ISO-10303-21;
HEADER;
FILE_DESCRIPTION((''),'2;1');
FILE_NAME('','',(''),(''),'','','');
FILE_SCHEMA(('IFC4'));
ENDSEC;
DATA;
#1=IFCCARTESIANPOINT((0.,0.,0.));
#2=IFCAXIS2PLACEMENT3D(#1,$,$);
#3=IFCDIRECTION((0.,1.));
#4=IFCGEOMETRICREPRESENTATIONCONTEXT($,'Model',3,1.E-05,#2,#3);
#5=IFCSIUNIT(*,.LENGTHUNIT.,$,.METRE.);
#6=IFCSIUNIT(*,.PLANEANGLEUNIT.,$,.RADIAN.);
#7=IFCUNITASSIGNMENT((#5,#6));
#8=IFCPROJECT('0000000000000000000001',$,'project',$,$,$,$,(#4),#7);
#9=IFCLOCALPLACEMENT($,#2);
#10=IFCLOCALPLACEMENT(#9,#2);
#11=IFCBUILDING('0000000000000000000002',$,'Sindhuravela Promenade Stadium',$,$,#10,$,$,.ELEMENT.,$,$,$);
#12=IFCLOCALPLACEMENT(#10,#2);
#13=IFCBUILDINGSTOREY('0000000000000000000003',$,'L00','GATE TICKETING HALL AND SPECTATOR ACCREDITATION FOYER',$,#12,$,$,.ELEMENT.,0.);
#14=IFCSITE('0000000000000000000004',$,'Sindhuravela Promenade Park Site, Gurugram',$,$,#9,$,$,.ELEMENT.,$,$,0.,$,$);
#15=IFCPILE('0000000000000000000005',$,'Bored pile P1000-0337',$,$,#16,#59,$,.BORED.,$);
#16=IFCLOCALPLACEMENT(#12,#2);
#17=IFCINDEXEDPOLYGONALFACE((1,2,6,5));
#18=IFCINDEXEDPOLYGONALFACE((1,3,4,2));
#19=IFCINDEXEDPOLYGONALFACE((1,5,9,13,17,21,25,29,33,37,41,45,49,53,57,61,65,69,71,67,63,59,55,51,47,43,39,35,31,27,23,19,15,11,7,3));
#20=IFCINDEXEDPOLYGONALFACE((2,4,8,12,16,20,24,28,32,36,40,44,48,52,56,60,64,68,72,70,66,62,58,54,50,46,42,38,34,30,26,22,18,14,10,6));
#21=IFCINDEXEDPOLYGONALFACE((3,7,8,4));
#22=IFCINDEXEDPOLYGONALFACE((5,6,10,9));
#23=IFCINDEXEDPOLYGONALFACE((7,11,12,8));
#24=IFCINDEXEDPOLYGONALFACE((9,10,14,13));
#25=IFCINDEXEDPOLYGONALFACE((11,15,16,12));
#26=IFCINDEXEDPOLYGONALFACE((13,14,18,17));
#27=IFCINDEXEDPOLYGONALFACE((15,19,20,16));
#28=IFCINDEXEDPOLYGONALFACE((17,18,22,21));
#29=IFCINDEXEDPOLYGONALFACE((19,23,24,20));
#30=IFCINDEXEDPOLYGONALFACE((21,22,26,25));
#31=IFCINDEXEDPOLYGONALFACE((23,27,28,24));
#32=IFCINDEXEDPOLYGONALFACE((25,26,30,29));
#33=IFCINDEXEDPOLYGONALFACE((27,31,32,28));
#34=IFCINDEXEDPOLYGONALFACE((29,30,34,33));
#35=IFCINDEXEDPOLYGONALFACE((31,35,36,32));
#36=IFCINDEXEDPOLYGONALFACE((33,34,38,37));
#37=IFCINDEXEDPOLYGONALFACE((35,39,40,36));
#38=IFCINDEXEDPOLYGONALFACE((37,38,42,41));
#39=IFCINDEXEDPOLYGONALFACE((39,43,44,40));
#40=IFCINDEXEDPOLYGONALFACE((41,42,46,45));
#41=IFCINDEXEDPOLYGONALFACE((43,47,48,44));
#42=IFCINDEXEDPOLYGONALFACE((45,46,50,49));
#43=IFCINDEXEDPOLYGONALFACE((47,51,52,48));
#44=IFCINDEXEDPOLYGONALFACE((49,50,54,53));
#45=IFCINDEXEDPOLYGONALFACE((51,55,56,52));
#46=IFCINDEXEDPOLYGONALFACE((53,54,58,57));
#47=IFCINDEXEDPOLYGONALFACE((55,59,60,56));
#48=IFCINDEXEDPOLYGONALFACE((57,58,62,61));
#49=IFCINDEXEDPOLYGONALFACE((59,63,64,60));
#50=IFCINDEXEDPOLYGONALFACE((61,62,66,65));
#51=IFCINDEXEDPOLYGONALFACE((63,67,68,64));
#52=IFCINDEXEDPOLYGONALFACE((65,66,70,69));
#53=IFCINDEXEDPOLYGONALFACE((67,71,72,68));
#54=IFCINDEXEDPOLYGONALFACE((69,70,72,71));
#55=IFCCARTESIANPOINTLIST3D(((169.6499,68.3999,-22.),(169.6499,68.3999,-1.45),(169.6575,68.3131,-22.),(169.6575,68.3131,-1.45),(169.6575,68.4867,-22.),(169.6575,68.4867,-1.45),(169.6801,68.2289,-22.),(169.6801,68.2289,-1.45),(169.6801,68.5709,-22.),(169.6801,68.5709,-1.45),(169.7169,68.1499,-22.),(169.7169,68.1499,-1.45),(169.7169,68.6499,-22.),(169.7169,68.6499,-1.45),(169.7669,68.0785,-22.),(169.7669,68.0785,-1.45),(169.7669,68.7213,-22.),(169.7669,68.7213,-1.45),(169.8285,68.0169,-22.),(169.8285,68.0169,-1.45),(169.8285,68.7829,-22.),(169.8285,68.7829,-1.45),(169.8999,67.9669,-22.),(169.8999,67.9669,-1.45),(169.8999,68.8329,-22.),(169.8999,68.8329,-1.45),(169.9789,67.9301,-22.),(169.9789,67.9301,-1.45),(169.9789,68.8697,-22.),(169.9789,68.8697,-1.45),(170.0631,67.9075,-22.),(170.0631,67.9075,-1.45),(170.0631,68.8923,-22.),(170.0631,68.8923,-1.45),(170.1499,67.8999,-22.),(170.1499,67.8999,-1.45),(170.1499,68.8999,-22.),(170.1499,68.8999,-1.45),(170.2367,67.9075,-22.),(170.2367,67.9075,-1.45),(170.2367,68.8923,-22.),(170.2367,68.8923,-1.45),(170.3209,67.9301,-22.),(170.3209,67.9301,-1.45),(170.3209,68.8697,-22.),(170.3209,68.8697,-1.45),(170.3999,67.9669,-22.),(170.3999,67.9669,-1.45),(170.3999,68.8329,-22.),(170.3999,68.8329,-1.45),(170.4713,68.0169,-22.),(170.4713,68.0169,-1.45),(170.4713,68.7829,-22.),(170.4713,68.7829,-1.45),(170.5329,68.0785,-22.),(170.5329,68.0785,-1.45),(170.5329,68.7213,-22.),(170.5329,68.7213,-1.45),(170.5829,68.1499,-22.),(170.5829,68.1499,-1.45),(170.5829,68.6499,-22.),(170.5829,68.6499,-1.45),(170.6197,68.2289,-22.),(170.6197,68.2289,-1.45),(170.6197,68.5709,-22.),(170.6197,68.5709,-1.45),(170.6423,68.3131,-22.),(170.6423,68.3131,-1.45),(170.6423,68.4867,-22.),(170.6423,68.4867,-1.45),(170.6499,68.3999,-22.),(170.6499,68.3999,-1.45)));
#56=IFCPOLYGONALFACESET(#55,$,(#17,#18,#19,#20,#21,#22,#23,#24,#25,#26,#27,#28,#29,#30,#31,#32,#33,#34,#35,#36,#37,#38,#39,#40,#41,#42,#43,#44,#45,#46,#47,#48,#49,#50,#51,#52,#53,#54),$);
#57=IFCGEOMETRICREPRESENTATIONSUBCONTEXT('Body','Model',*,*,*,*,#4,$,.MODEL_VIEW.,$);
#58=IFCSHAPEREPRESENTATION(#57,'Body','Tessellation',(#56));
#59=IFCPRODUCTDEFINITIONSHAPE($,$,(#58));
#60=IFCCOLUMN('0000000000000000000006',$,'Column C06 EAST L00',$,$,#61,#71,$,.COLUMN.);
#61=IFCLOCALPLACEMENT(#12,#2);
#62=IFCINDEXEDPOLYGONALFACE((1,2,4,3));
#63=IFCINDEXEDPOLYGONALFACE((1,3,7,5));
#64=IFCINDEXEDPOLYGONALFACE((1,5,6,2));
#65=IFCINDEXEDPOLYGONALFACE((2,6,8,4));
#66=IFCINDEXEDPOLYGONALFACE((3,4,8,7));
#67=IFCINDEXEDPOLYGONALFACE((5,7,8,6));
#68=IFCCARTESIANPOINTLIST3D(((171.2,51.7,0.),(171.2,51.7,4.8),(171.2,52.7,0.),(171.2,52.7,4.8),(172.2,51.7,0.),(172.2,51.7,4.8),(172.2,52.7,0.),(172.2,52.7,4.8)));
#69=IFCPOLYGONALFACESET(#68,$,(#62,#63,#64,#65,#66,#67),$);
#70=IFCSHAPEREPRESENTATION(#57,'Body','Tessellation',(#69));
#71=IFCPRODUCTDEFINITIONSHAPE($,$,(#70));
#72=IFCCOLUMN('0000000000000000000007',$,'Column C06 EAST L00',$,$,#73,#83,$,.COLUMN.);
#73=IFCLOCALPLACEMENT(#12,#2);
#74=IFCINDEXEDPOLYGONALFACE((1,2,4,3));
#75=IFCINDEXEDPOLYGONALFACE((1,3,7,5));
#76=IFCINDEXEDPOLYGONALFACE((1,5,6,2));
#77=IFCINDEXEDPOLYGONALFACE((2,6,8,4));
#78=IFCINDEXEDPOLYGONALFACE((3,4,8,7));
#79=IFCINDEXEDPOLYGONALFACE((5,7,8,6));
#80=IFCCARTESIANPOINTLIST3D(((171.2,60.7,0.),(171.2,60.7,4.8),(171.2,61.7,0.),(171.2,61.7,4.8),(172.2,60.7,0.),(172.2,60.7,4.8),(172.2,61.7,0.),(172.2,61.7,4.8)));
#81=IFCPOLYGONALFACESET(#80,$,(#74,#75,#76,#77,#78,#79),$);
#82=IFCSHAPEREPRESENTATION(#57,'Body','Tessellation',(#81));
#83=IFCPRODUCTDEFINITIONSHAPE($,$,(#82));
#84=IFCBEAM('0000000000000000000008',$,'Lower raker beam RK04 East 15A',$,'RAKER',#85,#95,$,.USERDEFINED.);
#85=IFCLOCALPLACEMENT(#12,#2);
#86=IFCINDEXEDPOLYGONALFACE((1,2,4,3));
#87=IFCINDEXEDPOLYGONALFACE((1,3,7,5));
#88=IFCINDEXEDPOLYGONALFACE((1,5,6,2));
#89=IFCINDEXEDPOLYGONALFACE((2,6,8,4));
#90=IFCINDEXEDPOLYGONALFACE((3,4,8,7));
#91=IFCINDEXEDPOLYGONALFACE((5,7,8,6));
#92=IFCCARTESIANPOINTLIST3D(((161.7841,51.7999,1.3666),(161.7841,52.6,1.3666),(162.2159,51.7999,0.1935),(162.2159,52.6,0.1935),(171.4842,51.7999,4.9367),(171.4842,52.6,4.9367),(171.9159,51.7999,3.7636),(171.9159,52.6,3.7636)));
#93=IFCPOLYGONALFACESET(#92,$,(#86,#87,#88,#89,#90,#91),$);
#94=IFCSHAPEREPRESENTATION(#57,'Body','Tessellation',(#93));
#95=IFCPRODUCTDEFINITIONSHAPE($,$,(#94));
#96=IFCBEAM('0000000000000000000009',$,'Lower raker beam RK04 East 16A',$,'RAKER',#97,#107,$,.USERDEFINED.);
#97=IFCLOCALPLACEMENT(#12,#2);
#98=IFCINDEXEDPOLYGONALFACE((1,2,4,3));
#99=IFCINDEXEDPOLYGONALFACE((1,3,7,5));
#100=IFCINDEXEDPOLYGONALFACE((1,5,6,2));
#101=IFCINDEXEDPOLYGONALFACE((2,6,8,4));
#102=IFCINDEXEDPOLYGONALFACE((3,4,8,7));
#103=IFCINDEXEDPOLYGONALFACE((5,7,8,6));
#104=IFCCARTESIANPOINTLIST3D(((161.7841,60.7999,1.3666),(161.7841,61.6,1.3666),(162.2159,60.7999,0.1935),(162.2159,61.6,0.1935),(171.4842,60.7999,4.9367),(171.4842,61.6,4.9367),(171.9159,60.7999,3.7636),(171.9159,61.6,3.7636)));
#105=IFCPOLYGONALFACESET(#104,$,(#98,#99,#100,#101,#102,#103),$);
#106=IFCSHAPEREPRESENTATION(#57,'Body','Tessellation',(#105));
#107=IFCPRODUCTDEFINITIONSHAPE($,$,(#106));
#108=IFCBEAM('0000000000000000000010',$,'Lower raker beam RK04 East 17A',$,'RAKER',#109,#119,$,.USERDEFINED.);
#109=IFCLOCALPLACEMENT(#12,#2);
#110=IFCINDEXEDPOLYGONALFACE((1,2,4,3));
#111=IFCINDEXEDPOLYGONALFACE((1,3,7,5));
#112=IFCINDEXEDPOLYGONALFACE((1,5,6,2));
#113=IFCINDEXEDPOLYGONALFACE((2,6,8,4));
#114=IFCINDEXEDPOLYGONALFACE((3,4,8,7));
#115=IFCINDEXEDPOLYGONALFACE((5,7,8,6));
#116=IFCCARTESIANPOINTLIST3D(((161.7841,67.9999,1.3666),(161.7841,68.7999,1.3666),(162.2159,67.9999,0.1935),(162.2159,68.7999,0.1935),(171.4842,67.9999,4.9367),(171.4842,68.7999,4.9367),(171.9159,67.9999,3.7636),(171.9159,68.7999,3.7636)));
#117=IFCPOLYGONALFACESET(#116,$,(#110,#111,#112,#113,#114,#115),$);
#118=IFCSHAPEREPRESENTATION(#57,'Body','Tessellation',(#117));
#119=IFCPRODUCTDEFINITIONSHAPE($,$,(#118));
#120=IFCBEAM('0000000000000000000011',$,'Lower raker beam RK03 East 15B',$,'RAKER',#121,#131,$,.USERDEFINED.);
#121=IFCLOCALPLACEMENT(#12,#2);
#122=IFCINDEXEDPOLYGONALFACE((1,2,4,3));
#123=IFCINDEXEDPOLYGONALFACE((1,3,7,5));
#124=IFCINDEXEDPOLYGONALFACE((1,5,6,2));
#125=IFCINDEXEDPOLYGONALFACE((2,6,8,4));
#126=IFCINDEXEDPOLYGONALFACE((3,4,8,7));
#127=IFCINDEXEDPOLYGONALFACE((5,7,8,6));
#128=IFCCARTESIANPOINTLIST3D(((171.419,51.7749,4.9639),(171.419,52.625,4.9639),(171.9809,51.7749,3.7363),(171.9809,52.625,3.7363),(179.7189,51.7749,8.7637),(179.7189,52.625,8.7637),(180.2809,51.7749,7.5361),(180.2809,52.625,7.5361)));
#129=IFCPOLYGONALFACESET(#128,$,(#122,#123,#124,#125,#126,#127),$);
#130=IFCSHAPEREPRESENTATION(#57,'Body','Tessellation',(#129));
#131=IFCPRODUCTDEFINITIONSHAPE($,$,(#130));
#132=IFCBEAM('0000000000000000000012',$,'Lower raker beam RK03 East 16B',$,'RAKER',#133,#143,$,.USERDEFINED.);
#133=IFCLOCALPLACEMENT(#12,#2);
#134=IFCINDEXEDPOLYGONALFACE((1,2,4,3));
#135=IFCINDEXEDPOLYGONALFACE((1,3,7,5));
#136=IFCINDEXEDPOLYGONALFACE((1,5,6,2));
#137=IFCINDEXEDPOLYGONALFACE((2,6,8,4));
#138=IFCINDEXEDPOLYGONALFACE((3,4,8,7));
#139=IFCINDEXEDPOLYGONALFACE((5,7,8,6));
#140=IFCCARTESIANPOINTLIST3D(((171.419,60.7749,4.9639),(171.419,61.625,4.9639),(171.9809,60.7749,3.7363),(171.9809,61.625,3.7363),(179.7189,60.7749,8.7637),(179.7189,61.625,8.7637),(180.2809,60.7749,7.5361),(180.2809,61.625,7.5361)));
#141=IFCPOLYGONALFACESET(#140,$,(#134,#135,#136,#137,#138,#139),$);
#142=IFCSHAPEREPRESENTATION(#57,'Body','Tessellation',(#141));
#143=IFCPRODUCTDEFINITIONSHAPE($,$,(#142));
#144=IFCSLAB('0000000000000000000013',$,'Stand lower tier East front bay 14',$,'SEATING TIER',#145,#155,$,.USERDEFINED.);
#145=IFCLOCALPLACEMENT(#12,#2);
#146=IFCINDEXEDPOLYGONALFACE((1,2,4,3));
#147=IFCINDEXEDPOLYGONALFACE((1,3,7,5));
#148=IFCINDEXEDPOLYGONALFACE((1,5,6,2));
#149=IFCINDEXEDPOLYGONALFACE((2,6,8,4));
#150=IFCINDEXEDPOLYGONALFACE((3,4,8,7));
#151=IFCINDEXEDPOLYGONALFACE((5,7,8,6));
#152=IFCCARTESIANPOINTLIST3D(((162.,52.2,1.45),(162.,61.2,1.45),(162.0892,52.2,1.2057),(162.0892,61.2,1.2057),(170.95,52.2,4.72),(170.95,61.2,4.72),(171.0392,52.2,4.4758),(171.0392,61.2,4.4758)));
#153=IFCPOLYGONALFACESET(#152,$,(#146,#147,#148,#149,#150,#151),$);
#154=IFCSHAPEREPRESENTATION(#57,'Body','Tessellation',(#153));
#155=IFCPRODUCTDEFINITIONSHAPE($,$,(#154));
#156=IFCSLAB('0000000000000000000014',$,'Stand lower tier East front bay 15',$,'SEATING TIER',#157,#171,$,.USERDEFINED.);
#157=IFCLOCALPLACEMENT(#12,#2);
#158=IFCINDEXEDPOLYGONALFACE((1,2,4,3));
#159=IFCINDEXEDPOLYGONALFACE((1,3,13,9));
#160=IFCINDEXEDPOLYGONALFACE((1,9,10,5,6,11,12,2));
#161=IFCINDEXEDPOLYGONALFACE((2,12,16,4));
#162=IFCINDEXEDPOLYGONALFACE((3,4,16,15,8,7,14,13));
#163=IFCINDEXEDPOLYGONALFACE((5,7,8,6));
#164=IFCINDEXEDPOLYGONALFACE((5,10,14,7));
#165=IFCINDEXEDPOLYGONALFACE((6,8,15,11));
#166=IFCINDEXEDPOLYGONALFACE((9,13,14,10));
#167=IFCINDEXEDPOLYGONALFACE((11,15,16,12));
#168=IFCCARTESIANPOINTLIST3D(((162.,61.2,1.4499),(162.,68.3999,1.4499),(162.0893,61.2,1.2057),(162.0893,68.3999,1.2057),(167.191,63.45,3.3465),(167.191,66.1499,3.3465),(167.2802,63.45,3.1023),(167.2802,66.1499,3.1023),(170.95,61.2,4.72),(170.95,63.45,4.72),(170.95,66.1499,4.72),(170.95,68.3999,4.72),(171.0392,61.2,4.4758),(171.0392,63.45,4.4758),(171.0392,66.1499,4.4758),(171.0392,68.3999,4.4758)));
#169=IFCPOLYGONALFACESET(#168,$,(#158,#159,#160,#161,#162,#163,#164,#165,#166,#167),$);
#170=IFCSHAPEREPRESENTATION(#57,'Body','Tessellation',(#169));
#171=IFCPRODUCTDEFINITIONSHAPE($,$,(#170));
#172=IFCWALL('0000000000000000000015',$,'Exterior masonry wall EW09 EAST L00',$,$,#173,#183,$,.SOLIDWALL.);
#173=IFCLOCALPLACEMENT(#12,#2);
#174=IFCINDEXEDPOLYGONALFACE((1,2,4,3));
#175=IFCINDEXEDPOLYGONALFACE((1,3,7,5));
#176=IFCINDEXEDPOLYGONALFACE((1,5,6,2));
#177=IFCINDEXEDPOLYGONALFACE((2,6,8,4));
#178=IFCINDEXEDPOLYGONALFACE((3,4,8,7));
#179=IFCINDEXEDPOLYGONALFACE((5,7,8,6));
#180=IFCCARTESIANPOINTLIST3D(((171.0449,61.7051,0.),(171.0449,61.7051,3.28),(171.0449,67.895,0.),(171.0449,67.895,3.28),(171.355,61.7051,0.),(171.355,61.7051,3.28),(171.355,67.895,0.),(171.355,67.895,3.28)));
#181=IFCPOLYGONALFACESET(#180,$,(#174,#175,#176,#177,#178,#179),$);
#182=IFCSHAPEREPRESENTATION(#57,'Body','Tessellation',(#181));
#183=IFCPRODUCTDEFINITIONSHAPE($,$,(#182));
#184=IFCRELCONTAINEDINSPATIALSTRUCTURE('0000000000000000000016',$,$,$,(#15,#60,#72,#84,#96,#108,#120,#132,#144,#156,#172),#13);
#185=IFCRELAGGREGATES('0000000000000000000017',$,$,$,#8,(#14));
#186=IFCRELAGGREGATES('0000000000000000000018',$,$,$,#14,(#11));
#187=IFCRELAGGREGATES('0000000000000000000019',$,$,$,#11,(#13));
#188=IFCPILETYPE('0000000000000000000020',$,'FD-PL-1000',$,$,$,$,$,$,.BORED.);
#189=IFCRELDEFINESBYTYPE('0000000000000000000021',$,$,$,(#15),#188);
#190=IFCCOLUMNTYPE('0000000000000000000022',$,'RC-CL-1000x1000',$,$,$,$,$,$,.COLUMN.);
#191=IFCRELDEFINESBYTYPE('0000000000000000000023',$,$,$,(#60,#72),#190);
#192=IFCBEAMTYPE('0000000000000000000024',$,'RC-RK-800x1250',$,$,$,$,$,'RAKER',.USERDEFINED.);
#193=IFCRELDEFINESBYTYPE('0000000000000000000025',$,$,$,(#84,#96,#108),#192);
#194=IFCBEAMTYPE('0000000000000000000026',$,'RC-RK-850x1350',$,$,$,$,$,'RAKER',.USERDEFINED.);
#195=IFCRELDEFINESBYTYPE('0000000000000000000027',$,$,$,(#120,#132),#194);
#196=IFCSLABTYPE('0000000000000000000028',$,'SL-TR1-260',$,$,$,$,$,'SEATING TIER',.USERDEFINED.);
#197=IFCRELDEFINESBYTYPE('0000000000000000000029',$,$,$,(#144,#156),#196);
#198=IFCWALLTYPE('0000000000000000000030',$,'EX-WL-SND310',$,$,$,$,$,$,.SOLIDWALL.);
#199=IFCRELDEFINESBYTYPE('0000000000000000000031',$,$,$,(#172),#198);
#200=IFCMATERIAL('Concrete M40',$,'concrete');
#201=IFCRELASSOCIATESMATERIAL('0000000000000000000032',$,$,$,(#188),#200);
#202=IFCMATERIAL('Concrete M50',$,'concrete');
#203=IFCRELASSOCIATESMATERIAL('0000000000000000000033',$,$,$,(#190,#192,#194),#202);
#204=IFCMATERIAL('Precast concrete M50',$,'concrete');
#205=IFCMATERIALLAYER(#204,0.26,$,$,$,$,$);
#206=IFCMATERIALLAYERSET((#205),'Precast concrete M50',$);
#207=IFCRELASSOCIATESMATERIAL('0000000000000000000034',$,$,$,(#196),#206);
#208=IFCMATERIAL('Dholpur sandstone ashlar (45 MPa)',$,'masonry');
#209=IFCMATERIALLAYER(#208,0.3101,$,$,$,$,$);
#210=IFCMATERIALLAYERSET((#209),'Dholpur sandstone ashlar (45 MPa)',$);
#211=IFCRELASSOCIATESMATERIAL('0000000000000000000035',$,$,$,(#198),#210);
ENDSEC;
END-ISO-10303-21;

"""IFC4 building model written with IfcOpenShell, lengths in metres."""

from ifc_helpers import new_model, si_unit, direction, frame, frame_2d, origin, origin_2d, place, context, subcontext, project, spatial, polyline, rectangle, circle, outline, extrude, material, layer, layer_set, material_profile, profile_set, type_object, element, save


model = new_model("IFC4")

# Units and contexts
model_context = context("Model", 3, precision=1e-05, world=origin(), true_north=direction((0.0, 1.0)))
body_context = subcontext(model_context, "Body", "Model", "MODEL_VIEW")
ifc_project = project(units=[si_unit("LENGTHUNIT", "METRE"), si_unit("PLANEANGLEUNIT", "RADIAN")], contexts=[model_context])

# Site, building, storey
site_placement = place(None, origin())
site = spatial("IfcSite", under=ifc_project, at=site_placement, Name="Sindhuravela Promenade Park Site, Gurugram", CompositionType="ELEMENT", RefElevation=0.0)
building_placement = place(site_placement, origin())
building = spatial("IfcBuilding", under=site, at=building_placement, Name="Sindhuravela Promenade Stadium", CompositionType="ELEMENT")
storey_placement = place(building_placement, origin())
storey = spatial("IfcBuildingStorey", under=building, at=storey_placement, Name="L00", Description="GATE TICKETING HALL AND SPECTATOR ACCREDITATION FOYER", CompositionType="ELEMENT", Elevation=0.0)

# Shared definitions
ifc_material_1 = material(Name="Concrete M50", Category="concrete")

# Pile
ifc_material_2 = material(Name="Concrete M40", Category="concrete")
ifc_material_profile_1 = material_profile(ifc_material_2, circle(Radius=0.5, at=origin_2d()), Name="BORED PILE D1000")
ifc_profile_set_1 = profile_set([ifc_material_profile_1], Name="Concrete M40")
pile_type = type_object("IfcPileType", Name="FD-PL-1000", PredefinedType="BORED", material=ifc_profile_set_1)
for number, where, z_axis, x_axis, name in (
    (1, (170.1499, 68.3999, -1.45), (0.0, 0.0, -1.0), (1.0, 0.0, 0.0), "Bored pile P1000-0337"),
):
    element("IfcPile", number, at=place(storey_placement, frame(where, z_axis=z_axis, x_axis=x_axis)), inside=storey, type_object=pile_type, Name=name, PredefinedType="BORED", context=body_context, shape_type="SweptSolid", body=[
        extrude(circle(Radius=0.5, at=origin_2d()), origin(), (0.0, 0.0, 1.0), 20.55),
    ])

# Columns
ifc_material_profile_2 = material_profile(ifc_material_1, rectangle(XDim=1.0, YDim=1.0, at=origin_2d()), Name="RC 1000x1000")
ifc_profile_set_2 = profile_set([ifc_material_profile_2], Name="Concrete M50")
column_type = type_object("IfcColumnType", Name="RC-CL-1000x1000", PredefinedType="COLUMN", material=ifc_profile_set_2)
for number, where, z_axis, x_axis, name in (
    (2, (171.7, 52.2, 0.0), (0.0, 0.0, 1.0), (1.0, 0.0, 0.0), "Column C06 EAST L00"),
    (3, (171.7, 61.2, 0.0), (0.0, 0.0, 1.0), (1.0, 0.0, 0.0), "Column C06 EAST L00"),
):
    element("IfcColumn", number, at=place(storey_placement, frame(where, z_axis=z_axis, x_axis=x_axis)), inside=storey, type_object=column_type, Name=name, PredefinedType="COLUMN", context=body_context, shape_type="SweptSolid", body=[
        extrude(rectangle(XDim=1.0, YDim=1.0, at=origin_2d()), origin(), (0.0, 0.0, 1.0), 4.8),
    ])

# Beams
ifc_material_profile_3 = material_profile(ifc_material_1, rectangle(XDim=0.8, YDim=1.25, at=origin_2d()), Name="RC 800x1250")
ifc_profile_set_3 = profile_set([ifc_material_profile_3], Name="Concrete M50")
beam_type_1 = type_object("IfcBeamType", Name="RC-RK-800x1250", ElementType="RAKER", PredefinedType="USERDEFINED", material=ifc_profile_set_3)
for number, where, z_axis, x_axis, name in (
    (4, (162.0, 52.2, 0.78), (0.938456, 0.0, 0.345399), (0.0, 1.0, 0.0), "Lower raker beam RK04 East 15A"),
    (5, (162.0, 61.2, 0.78), (0.938456, 0.0, 0.345399), (0.0, 1.0, 0.0), "Lower raker beam RK04 East 16A"),
    (6, (162.0, 68.3999, 0.78), (0.938456, 0.0, 0.345399), (0.0, 1.0, 0.0), "Lower raker beam RK04 East 17A"),
):
    element("IfcBeam", number, at=place(storey_placement, frame(where, z_axis=z_axis, x_axis=x_axis)), inside=storey, type_object=beam_type_1, Name=name, ObjectType="RAKER", PredefinedType="USERDEFINED", context=body_context, shape_type="SweptSolid", body=[
        extrude(rectangle(XDim=0.8, YDim=1.25, at=origin_2d()), origin(), (0.0, 0.0, 1.0), 10.3362),
    ])
ifc_material_profile_4 = material_profile(ifc_material_1, rectangle(XDim=0.8501, YDim=1.3501, at=origin_2d()), Name="RC 850x1350")
ifc_profile_set_4 = profile_set([ifc_material_profile_4], Name="Concrete M50")
beam_type_2 = type_object("IfcBeamType", Name="RC-RK-850x1350", ElementType="RAKER", PredefinedType="USERDEFINED", material=ifc_profile_set_4)
for number, where, z_axis, x_axis, name in (
    (7, (171.7, 52.2, 4.3501), (0.909247, 0.0, 0.416258), (0.0, 1.0, 0.0), "Lower raker beam RK03 East 15B"),
    (8, (171.7, 61.2, 4.3501), (0.909247, 0.0, 0.416258), (0.0, 1.0, 0.0), "Lower raker beam RK03 East 16B"),
):
    element("IfcBeam", number, at=place(storey_placement, frame(where, z_axis=z_axis, x_axis=x_axis)), inside=storey, type_object=beam_type_2, Name=name, ObjectType="RAKER", PredefinedType="USERDEFINED", context=body_context, shape_type="SweptSolid", body=[
        extrude(rectangle(XDim=0.8501, YDim=1.3501, at=origin_2d()), origin(), (0.0, 0.0, 1.0), 9.1284),
    ])

# Slabs
ifc_material_3 = material(Name="Precast concrete M50", Category="concrete")
ifc_layer_1 = layer(ifc_material_3, 0.26)
ifc_layer_set_1 = layer_set([ifc_layer_1], Name="Precast concrete M50")
slab_type = type_object("IfcSlabType", Name="SL-TR1-260", ElementType="SEATING TIER", PredefinedType="USERDEFINED", material=ifc_layer_set_1)
slab_1_placement = place(storey_placement, frame((170.95, 52.2, 4.72), z_axis=(-0.343179, 0.0, 0.93927), x_axis=(0.0, 1.0, 0.0)))
element("IfcSlab", 9, at=slab_1_placement, inside=storey, type_object=slab_type, Name="Stand lower tier East front bay 14", ObjectType="SEATING TIER", PredefinedType="USERDEFINED", context=body_context, shape_type="SweptSolid", body=[
    extrude(outline(polyline([(0.0, 0.0), (9.0, 0.0), (9.0, 9.5286), (0.0, 9.5286), (0.0, 0.0)])), origin(), (0.0, 0.0, -1.0), 0.26),
])
slab_2_placement = place(storey_placement, frame((170.95, 61.2, 4.72), z_axis=(-0.343184, 0.0, 0.939268), x_axis=(0.0, 1.0, 0.0)))
element("IfcSlab", 10, at=slab_2_placement, inside=storey, type_object=slab_type, Name="Stand lower tier East front bay 15", ObjectType="SEATING TIER", PredefinedType="USERDEFINED", context=body_context, shape_type="SweptSolid", body=[
    extrude(outline(polyline([(0.0, 0.0), (2.25, 0.0), (2.25, 4.002), (4.95, 4.002), (4.95, 0.0), (7.2, 0.0), (7.2, 9.5286), (0.0, 9.5286), (0.0, 0.0)])), origin(), (0.0, 0.0, -1.0), 0.26),
])

# Wall
ifc_material_4 = material(Name="Dholpur sandstone ashlar (45 MPa)", Category="masonry")
ifc_layer_2 = layer(ifc_material_4, 0.3101)
ifc_layer_set_2 = layer_set([ifc_layer_2], Name="Dholpur sandstone ashlar (45 MPa)")
wall_type_1 = type_object("IfcWallType", Name="EX-WL-SND310", PredefinedType="SOLIDWALL", material=ifc_layer_set_2)
wall_1_placement = place(storey_placement, frame((171.2, 61.7051, 0.0), z_axis=(0.0, 0.0, 1.0), x_axis=(0.0, 1.0, 0.0)))
element("IfcWall", 11, at=wall_1_placement, inside=storey, type_object=wall_type_1, Name="Exterior masonry wall EW09 EAST L00", PredefinedType="SOLIDWALL", context=body_context, shape_type="SweptSolid", body=[
    extrude(rectangle(XDim=6.1899, YDim=0.3101, at=frame_2d((3.095, 0.0))), origin(), (0.0, 0.0, 1.0), 3.28),
])

save(model, "model.ifc")
